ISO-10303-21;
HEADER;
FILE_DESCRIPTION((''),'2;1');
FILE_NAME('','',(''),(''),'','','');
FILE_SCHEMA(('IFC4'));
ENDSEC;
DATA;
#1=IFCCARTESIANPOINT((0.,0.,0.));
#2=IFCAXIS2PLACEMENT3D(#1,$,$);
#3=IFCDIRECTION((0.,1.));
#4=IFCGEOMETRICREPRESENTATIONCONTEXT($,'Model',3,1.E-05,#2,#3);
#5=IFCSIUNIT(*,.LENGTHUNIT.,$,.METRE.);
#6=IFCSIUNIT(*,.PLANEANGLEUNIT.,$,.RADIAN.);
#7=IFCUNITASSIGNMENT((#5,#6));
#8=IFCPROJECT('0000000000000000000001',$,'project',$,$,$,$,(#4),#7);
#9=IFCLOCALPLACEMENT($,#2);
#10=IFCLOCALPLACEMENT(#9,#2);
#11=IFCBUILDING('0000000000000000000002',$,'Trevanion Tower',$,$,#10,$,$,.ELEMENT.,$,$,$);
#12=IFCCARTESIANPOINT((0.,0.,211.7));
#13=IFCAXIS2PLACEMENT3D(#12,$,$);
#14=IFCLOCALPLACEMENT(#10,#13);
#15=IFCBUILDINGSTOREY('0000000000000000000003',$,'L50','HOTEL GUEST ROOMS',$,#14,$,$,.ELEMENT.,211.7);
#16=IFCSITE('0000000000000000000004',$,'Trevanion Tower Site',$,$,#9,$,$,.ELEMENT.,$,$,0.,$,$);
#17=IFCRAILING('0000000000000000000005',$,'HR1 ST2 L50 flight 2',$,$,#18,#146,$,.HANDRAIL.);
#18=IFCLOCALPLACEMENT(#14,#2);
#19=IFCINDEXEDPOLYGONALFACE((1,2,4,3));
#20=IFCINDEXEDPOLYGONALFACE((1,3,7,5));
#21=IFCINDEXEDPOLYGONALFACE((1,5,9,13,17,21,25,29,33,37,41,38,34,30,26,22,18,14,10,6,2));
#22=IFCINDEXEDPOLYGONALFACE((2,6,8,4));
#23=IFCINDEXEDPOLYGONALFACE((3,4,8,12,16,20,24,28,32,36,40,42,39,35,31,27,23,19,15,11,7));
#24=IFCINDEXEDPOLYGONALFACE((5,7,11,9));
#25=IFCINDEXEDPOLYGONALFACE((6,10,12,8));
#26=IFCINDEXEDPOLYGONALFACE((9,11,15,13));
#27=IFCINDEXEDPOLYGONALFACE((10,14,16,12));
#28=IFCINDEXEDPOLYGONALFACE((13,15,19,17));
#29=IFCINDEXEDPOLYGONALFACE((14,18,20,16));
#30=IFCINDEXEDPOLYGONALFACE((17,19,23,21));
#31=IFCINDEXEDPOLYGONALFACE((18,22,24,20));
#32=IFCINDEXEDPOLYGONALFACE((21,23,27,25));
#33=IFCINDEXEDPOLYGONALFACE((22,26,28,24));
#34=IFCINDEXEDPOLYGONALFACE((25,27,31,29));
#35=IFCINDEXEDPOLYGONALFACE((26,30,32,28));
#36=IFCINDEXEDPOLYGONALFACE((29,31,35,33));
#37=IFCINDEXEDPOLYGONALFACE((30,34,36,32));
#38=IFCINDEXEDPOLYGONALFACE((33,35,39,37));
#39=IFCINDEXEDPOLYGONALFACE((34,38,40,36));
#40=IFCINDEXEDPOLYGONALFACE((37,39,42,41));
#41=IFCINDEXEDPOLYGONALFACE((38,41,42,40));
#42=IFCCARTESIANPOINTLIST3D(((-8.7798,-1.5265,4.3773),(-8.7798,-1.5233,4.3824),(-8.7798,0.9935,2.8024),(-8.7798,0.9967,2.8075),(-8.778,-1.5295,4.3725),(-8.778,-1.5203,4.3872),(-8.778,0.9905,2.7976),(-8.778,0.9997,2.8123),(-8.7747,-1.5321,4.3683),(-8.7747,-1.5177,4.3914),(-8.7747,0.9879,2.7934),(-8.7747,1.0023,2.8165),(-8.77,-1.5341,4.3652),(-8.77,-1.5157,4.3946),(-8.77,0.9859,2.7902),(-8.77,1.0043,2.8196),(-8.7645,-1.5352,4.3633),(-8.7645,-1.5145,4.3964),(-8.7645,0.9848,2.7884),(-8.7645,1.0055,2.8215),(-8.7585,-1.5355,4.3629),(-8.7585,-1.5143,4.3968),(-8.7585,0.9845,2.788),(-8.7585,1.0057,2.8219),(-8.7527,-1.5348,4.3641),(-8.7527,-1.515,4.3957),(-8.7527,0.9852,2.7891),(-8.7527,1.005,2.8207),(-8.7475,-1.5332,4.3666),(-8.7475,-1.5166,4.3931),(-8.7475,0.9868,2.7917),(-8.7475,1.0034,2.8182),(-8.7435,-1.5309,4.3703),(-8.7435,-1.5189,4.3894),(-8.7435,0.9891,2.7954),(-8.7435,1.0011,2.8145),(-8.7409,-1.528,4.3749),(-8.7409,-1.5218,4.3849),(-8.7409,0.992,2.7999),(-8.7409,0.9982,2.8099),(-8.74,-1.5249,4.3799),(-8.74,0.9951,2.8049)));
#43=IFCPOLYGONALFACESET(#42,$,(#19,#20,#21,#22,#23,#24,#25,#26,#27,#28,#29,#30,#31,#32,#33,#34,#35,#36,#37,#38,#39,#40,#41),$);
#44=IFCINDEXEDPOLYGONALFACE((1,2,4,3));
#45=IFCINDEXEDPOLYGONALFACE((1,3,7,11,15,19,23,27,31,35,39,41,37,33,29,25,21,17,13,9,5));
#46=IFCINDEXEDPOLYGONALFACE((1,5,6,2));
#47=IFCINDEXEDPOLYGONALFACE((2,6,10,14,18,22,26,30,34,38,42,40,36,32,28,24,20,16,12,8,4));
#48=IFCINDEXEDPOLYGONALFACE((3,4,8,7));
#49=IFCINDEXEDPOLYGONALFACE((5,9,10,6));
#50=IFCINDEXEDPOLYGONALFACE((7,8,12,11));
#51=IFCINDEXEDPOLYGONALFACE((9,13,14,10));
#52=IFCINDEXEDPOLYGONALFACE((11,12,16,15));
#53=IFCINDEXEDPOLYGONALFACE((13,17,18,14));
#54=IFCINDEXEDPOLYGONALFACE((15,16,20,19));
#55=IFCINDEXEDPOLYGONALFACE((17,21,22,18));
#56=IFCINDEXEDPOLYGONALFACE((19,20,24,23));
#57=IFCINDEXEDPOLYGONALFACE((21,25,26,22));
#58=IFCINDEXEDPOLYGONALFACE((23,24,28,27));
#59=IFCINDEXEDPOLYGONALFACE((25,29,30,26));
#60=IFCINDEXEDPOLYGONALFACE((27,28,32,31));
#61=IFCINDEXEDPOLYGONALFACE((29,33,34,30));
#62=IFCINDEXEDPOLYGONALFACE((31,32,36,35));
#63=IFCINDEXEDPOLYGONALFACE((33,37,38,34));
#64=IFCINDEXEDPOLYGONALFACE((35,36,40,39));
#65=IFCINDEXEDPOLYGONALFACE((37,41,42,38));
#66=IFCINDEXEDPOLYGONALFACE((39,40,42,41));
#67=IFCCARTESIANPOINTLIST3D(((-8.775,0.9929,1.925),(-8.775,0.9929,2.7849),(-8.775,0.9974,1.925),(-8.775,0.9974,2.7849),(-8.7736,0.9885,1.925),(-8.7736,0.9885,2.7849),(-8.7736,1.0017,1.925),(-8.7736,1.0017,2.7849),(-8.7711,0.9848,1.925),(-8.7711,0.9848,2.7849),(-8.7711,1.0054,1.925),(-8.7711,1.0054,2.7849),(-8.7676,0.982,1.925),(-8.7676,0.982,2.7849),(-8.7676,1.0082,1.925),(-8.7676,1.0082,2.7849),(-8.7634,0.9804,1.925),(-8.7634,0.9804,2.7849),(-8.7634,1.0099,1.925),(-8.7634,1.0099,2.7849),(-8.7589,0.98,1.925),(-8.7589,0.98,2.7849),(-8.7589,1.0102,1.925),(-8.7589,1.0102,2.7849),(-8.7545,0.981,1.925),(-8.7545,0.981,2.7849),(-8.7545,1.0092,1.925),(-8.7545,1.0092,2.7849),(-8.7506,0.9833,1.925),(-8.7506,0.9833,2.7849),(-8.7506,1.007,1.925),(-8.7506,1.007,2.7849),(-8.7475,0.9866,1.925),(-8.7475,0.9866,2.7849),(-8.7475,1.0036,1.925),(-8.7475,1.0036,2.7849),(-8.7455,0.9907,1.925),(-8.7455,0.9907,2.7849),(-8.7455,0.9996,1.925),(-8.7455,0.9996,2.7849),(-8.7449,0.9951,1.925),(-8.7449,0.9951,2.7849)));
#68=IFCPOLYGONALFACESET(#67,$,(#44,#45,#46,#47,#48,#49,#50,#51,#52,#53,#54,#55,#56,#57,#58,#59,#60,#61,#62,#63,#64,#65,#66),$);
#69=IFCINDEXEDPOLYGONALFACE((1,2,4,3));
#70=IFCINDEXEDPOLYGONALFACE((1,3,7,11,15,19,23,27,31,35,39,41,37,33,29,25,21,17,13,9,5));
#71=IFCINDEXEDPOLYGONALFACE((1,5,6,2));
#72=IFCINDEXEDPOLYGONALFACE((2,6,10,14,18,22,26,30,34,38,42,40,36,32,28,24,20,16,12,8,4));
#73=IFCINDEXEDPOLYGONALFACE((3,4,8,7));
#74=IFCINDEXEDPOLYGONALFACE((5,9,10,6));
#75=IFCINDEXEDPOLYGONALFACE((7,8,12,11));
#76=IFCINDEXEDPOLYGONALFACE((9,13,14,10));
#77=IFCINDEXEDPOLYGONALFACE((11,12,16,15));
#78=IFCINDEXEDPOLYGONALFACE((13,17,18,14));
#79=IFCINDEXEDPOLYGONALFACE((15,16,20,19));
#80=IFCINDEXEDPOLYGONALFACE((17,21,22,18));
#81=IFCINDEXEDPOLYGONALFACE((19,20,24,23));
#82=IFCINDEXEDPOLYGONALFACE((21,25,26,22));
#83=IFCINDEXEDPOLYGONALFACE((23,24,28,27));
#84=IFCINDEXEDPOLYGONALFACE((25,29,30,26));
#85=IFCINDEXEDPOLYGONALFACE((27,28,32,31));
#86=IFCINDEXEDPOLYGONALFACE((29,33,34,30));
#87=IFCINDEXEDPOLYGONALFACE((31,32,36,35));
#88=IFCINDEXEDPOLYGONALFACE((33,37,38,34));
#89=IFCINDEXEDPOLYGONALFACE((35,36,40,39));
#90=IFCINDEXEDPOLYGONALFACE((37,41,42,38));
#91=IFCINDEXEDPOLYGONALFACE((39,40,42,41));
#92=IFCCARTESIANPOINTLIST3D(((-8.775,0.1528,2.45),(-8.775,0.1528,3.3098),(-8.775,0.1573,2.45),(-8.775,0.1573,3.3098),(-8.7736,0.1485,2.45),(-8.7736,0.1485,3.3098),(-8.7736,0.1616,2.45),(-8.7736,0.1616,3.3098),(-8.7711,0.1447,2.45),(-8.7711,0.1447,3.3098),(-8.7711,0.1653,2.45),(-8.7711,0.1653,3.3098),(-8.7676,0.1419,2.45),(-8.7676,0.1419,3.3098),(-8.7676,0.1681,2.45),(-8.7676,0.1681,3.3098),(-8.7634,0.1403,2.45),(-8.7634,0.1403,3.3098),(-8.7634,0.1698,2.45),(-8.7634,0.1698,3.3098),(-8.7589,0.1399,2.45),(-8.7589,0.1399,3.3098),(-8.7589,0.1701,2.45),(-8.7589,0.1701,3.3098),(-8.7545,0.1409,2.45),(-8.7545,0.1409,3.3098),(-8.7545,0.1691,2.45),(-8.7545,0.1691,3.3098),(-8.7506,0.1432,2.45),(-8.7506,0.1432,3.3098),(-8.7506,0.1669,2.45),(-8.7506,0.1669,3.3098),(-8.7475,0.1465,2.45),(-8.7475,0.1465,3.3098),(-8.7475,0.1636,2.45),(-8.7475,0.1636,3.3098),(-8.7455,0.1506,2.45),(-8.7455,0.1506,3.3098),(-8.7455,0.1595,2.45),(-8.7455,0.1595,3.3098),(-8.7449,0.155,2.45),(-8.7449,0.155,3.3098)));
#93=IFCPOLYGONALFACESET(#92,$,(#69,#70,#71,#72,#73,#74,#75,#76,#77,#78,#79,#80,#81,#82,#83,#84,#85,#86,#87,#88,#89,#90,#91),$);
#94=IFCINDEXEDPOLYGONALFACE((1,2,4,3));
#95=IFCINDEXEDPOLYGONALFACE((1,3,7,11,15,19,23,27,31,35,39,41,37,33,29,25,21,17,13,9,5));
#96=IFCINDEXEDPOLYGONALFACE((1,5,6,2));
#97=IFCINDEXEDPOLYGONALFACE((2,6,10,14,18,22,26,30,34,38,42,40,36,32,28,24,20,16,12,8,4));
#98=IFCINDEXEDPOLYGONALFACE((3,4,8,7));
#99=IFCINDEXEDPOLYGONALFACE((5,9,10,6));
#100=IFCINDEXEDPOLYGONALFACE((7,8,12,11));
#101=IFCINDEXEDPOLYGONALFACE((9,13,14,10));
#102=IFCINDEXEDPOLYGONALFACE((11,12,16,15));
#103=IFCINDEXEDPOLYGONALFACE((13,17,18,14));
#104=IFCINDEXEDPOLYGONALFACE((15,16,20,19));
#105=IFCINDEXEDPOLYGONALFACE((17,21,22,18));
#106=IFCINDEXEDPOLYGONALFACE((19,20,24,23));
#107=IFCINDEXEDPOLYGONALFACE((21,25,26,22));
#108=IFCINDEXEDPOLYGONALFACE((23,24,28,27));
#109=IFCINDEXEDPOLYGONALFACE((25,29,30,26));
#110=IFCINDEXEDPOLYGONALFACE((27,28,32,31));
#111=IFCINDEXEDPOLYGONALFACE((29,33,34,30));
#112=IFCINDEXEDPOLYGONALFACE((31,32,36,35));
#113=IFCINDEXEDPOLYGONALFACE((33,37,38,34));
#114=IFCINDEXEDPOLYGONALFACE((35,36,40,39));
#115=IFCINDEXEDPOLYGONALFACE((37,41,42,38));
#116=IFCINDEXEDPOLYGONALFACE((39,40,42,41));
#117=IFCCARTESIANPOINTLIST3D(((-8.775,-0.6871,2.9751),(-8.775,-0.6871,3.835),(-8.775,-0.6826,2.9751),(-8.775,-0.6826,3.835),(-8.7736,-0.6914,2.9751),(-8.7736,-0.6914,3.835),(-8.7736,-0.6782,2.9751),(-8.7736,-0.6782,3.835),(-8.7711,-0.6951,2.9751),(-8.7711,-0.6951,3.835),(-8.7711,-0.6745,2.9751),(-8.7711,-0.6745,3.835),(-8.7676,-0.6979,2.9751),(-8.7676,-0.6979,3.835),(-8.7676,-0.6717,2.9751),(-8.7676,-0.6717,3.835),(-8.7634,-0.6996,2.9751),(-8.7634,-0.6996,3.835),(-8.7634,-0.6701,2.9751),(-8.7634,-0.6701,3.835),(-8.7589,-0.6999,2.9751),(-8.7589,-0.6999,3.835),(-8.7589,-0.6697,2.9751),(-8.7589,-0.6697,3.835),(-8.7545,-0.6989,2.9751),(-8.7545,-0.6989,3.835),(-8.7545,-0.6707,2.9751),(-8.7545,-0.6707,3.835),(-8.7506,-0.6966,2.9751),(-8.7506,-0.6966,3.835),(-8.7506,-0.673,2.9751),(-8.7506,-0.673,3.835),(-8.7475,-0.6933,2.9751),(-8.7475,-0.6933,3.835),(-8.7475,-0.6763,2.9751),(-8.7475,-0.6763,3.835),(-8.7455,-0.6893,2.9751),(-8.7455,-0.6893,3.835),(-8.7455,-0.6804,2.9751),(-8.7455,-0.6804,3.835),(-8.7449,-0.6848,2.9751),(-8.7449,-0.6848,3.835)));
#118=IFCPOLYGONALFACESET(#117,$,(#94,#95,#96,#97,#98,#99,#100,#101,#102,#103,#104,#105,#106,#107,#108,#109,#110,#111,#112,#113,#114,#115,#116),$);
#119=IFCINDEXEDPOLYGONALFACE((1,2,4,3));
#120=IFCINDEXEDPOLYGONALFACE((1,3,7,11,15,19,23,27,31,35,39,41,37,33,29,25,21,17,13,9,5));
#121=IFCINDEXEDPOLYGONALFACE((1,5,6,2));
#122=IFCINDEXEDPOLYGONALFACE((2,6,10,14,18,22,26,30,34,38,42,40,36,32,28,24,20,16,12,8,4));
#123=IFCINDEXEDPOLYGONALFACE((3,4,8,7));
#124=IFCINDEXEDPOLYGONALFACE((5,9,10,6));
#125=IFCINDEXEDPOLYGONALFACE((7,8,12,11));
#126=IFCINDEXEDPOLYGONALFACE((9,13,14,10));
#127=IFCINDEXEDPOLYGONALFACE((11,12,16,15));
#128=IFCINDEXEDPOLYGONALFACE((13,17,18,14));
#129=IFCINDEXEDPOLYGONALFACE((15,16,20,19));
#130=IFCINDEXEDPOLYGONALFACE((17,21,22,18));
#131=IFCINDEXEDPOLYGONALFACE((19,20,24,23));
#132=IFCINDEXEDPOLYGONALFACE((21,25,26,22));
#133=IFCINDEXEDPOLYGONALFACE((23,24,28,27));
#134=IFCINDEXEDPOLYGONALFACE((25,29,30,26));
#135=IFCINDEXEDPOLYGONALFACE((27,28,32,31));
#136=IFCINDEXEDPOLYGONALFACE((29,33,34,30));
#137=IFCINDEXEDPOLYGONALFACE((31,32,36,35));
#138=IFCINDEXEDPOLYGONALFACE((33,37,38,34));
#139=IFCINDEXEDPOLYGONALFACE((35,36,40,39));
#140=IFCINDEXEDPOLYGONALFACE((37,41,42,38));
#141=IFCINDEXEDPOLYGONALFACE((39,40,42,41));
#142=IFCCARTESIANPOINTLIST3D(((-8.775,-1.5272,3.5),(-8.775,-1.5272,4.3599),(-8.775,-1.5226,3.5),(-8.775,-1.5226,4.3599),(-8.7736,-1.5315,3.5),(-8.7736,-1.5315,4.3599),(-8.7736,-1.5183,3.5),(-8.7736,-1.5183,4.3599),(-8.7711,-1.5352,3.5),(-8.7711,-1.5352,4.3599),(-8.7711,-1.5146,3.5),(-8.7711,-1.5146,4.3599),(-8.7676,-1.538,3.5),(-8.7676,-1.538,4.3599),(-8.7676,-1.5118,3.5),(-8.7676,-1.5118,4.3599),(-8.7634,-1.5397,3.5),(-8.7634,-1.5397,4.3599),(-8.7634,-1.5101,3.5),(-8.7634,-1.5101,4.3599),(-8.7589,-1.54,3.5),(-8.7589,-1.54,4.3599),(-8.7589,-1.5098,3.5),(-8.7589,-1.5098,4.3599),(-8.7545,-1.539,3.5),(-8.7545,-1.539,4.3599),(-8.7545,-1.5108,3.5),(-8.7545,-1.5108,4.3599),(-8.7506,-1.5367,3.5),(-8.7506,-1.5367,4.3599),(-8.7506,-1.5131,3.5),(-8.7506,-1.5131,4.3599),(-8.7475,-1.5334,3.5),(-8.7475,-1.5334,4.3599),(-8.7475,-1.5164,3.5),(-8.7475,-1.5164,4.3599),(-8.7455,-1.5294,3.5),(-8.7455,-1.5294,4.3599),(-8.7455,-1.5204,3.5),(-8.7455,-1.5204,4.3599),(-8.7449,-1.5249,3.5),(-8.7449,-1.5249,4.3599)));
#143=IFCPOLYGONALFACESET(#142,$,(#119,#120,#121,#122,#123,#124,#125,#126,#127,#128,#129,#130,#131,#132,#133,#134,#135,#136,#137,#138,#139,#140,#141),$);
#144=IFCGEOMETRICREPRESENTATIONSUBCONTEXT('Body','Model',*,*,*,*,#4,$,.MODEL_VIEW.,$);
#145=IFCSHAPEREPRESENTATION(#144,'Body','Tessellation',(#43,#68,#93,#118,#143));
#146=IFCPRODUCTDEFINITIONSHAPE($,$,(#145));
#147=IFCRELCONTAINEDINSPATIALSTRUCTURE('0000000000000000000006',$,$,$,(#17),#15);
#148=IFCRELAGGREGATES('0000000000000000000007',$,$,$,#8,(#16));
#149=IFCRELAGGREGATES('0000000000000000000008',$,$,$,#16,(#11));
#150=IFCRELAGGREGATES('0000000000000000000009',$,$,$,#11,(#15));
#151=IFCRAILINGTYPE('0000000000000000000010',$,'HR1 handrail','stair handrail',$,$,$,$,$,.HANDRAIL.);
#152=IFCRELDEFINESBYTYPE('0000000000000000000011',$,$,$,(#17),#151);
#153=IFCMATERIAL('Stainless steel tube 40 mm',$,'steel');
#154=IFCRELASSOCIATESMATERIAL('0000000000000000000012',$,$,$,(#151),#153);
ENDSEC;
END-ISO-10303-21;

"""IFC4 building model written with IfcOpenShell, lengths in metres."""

from ifc_helpers import new_model, si_unit, direction, frame, origin, origin_2d, place, context, subcontext, project, spatial, circle, extrude, material, type_object, element, save


model = new_model("IFC4")

# Units and contexts
model_context = context("Model", 3, precision=1e-05, world=origin(), true_north=direction((0.0, 1.0)))
body_context = subcontext(model_context, "Body", "Model", "MODEL_VIEW")
ifc_project = project(units=[si_unit("LENGTHUNIT", "METRE"), si_unit("PLANEANGLEUNIT", "RADIAN")], contexts=[model_context])

# Site, building, storey
site_placement = place(None, origin())
site = spatial("IfcSite", under=ifc_project, at=site_placement, Name="Trevanion Tower Site", CompositionType="ELEMENT", RefElevation=0.0)
building_placement = place(site_placement, origin())
building = spatial("IfcBuilding", under=site, at=building_placement, Name="Trevanion Tower", CompositionType="ELEMENT")
storey_placement = place(building_placement, frame((0.0, 0.0, 211.7)))
storey = spatial("IfcBuildingStorey", under=building, at=storey_placement, Name="L50", Description="HOTEL GUEST ROOMS", CompositionType="ELEMENT", Elevation=211.7)

# Railing
ifc_material_1 = material(Name="Stainless steel tube 40 mm", Category="steel")
railing_type = type_object("IfcRailingType", Name="HR1 handrail", Description="stair handrail", PredefinedType="HANDRAIL", material=ifc_material_1)
railing_placement = place(storey_placement, frame((-8.76, 0.9951, 1.925)))
element("IfcRailing", 1, at=railing_placement, inside=storey, type_object=railing_type, Name="HR1 ST2 L50 flight 2", PredefinedType="HANDRAIL", context=body_context, shape_type="SweptSolid", body=[
    extrude(circle(Radius=0.02, at=origin_2d()), frame((0.0, 0.0, 0.8799), z_axis=(0.0, -0.848008, 0.529984), x_axis=(1.0, 0.0, 0.0)), (0.0, 0.0, 1.0), 2.9717),
    extrude(circle(Radius=0.0151, at=origin_2d()), origin(), (0.0, 0.0, 1.0), 0.8599),
    extrude(circle(Radius=0.0151, at=origin_2d()), frame((0.0, -0.8401, 0.5249)), (0.0, 0.0, 1.0), 0.8599),
    extrude(circle(Radius=0.0151, at=origin_2d()), frame((0.0, -1.6799, 1.05)), (0.0, 0.0, 1.0), 0.8599),
    extrude(circle(Radius=0.0151, at=origin_2d()), frame((0.0, -2.52, 1.575)), (0.0, 0.0, 1.0), 0.8599),
])

save(model, "model.ifc")
